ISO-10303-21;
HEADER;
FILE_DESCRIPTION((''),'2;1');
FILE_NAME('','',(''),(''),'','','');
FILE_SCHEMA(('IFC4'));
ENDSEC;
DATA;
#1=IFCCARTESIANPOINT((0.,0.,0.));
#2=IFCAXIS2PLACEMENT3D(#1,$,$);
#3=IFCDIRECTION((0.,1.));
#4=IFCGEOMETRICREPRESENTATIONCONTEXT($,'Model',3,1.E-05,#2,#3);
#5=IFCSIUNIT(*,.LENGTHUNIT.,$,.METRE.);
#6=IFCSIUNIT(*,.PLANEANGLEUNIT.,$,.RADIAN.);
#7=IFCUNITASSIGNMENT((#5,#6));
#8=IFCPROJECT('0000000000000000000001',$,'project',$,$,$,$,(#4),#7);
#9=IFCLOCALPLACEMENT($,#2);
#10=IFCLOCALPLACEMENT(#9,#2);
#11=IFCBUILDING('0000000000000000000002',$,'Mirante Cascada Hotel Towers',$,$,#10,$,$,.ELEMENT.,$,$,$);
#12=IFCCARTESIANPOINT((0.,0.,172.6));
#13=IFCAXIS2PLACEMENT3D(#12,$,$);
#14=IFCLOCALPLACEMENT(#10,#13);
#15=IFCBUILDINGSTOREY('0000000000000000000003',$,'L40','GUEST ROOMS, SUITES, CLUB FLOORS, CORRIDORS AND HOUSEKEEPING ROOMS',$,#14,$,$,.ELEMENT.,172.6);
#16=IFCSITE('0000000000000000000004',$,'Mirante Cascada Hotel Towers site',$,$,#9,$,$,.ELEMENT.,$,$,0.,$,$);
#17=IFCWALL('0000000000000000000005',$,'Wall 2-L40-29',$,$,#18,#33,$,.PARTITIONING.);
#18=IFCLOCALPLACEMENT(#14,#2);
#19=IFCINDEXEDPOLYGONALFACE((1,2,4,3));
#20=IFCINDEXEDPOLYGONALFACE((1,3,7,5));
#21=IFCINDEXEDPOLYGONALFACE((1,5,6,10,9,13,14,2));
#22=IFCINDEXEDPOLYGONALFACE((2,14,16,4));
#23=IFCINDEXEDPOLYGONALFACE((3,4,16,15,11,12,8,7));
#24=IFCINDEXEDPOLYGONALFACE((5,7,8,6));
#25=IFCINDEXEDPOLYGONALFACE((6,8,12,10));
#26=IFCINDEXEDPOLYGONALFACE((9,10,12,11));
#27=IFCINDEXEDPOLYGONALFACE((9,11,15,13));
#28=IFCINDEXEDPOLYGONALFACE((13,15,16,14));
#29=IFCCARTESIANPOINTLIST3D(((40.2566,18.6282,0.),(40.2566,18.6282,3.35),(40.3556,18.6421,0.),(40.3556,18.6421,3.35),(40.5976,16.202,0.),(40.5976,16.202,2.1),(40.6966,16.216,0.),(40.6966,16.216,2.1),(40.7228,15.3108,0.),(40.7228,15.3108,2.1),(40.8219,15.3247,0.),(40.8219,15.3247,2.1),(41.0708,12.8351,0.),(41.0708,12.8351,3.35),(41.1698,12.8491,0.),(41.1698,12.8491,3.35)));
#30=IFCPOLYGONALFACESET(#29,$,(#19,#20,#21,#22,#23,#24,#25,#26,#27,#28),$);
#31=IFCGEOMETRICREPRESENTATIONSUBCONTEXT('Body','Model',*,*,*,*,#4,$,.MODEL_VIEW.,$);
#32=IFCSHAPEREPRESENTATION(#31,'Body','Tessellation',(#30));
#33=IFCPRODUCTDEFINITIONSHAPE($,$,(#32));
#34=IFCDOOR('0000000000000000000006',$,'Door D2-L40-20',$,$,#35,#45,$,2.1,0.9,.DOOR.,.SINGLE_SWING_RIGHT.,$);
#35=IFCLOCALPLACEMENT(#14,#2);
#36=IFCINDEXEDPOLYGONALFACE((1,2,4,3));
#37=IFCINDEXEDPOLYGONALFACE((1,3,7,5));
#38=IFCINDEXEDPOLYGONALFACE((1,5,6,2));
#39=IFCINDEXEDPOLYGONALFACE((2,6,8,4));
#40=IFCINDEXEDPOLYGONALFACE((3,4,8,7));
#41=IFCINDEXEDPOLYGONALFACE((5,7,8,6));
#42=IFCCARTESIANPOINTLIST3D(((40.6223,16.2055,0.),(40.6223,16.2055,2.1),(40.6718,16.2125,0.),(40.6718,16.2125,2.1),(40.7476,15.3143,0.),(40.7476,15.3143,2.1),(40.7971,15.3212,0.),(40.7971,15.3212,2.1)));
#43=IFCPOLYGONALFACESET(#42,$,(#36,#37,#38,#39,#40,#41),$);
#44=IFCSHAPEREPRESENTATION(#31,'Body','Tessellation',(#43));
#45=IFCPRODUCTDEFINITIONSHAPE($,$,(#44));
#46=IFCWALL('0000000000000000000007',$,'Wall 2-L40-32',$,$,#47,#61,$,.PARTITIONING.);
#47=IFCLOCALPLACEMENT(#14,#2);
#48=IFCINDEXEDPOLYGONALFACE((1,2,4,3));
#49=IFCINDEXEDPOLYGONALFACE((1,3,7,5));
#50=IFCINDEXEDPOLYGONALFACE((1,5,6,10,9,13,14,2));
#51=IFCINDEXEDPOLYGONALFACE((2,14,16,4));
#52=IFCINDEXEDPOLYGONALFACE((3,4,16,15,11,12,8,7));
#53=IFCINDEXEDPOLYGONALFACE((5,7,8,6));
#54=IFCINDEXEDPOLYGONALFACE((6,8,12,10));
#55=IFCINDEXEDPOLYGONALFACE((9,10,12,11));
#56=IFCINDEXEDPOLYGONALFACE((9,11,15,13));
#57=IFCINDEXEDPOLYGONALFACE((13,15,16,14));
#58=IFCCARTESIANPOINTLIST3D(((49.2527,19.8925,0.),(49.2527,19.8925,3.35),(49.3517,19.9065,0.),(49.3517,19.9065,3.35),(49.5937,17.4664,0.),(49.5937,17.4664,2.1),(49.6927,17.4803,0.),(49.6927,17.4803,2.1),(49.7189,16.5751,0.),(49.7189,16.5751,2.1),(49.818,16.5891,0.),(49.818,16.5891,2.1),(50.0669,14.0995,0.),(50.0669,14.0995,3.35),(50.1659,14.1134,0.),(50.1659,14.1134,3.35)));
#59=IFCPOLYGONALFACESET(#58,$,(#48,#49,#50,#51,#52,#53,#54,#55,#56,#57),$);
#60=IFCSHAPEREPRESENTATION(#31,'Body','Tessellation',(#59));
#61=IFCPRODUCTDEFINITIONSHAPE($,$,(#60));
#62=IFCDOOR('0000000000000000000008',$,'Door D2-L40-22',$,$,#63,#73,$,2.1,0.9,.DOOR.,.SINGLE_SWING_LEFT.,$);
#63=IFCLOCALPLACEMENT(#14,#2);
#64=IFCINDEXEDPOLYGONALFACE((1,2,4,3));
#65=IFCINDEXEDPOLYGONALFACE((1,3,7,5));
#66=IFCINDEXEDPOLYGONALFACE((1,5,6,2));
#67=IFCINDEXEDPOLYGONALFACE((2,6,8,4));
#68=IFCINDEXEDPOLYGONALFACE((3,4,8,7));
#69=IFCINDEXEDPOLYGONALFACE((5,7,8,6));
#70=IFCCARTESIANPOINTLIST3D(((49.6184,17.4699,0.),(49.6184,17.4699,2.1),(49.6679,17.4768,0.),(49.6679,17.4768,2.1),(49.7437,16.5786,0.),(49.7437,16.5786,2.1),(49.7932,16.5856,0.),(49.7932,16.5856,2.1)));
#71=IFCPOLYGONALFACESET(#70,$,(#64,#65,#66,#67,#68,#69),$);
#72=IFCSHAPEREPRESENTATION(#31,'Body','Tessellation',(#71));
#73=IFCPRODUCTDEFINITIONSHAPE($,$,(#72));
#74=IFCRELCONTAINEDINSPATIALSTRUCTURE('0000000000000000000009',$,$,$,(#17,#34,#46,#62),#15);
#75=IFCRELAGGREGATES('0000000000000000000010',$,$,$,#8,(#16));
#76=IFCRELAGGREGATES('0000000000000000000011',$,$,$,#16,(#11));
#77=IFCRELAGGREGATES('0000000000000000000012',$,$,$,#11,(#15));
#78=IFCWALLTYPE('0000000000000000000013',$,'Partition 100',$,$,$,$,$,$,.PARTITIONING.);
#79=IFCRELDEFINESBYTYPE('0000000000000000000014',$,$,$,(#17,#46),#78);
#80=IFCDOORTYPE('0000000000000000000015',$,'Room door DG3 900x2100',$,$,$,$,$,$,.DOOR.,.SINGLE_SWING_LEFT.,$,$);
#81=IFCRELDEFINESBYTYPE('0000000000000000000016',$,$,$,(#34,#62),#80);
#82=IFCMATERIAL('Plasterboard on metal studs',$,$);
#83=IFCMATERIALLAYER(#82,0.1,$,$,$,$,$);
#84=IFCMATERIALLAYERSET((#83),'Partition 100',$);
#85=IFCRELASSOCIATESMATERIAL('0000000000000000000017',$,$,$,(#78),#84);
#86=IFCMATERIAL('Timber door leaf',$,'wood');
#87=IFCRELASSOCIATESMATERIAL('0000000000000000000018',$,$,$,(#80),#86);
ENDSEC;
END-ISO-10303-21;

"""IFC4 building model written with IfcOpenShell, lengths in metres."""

from ifc_helpers import new_model, si_unit, direction, frame, frame_2d, origin, place, context, subcontext, project, spatial, rectangle, extrude, material, layer, layer_set, type_object, element, fill, save


model = new_model("IFC4")

# Units and contexts
model_context = context("Model", 3, precision=1e-05, world=origin(), true_north=direction((0.0, 1.0)))
body_context = subcontext(model_context, "Body", "Model", "MODEL_VIEW")
ifc_project = project(units=[si_unit("LENGTHUNIT", "METRE"), si_unit("PLANEANGLEUNIT", "RADIAN")], contexts=[model_context])

# Site, building, storey
site_placement = place(None, origin())
site = spatial("IfcSite", under=ifc_project, at=site_placement, Name="Mirante Cascada Hotel Towers site", CompositionType="ELEMENT", RefElevation=0.0)
building_placement = place(site_placement, origin())
building = spatial("IfcBuilding", under=site, at=building_placement, Name="Mirante Cascada Hotel Towers", CompositionType="ELEMENT")
storey_placement = place(building_placement, frame((0.0, 0.0, 172.6)))
storey = spatial("IfcBuildingStorey", under=building, at=storey_placement, Name="L40", Description="GUEST ROOMS, SUITES, CLUB FLOORS, CORRIDORS AND HOUSEKEEPING ROOMS", CompositionType="ELEMENT", Elevation=172.6)

# Shared definitions
ifc_material_1 = material(Name="Plasterboard on metal studs")
ifc_layer_1 = layer(ifc_material_1, 0.1)
ifc_layer_set_1 = layer_set([ifc_layer_1], Name="Partition 100")
wall_type_1 = type_object("IfcWallType", Name="Partition 100", PredefinedType="PARTITIONING", material=ifc_layer_set_1)

# Walls, openings, doors
wall_1_placement = place(storey_placement, frame((41.1203, 12.8421, 0.0), z_axis=(0.0, 0.0, 1.0), x_axis=(-0.139179, 0.990267, 0.0)))
wall_1 = element("IfcWall", 1, at=wall_1_placement, inside=storey, type_object=wall_type_1, Name="Wall 2-L40-29", PredefinedType="PARTITIONING", context=body_context, shape_type="SweptSolid", body=[
    extrude(rectangle(XDim=5.85, YDim=0.1, at=frame_2d((2.925, 0.0))), origin(), (0.0, 0.0, 1.0), 3.35),
])
opening_1_placement = place(wall_1_placement, frame((2.5, 0.0, 0.0)))
opening_1 = element("IfcOpeningElement", 2, at=opening_1_placement, cuts=wall_1, PredefinedType="OPENING", context=body_context, shape_type="SweptSolid", body=[
    extrude(rectangle(XDim=0.9, YDim=2.1, at=frame_2d((0.45, 1.05))), frame((0.0, 0.05, 0.0), z_axis=(0.0, -1.0, 0.0), x_axis=(1.0, 0.0, 0.0)), (0.0, 0.0, 1.0), 0.1),
])
ifc_material_2 = material(Name="Timber door leaf", Category="wood")
door_type = type_object("IfcDoorType", Name="Room door DG3 900x2100", OperationType="SINGLE_SWING_LEFT", PredefinedType="DOOR", material=ifc_material_2)
door_1_placement = place(opening_1_placement, frame((0.9, 0.0, 0.0), z_axis=(0.0, 0.0, 1.0), x_axis=(-1.0, 0.0, 0.0)))
door_1 = element("IfcDoor", 3, at=door_1_placement, inside=storey, type_object=door_type, Name="Door D2-L40-20", OperationType="SINGLE_SWING_RIGHT", OverallHeight=2.1, OverallWidth=0.9, PredefinedType="DOOR", context=body_context, shape_type="SweptSolid", body=[
    extrude(rectangle(XDim=0.9, YDim=2.1, at=frame_2d((0.45, 1.05))), frame((0.0, 0.025, 0.0), z_axis=(0.0, -1.0, 0.0), x_axis=(1.0, 0.0, 0.0)), (0.0, 0.0, 1.0), 0.05),
])
fill(opening_1, door_1)
wall_2_placement = place(storey_placement, frame((49.3022, 19.8995, 0.0), z_axis=(0.0, 0.0, 1.0), x_axis=(0.139179, -0.990267, 0.0)))
wall_2 = element("IfcWall", 4, at=wall_2_placement, inside=storey, type_object=wall_type_1, Name="Wall 2-L40-32", PredefinedType="PARTITIONING", context=body_context, shape_type="SweptSolid", body=[
    extrude(rectangle(XDim=5.85, YDim=0.1, at=frame_2d((2.925, 0.0))), origin(), (0.0, 0.0, 1.0), 3.35),
])
opening_2_placement = place(wall_2_placement, frame((2.45, 0.0, 0.0)))
opening_2 = element("IfcOpeningElement", 5, at=opening_2_placement, cuts=wall_2, PredefinedType="OPENING", context=body_context, shape_type="SweptSolid", body=[
    extrude(rectangle(XDim=0.9, YDim=2.1, at=frame_2d((0.45, 1.05))), frame((0.0, 0.05, 0.0), z_axis=(0.0, -1.0, 0.0), x_axis=(1.0, 0.0, 0.0)), (0.0, 0.0, 1.0), 0.1),
])
door_2_placement = place(opening_2_placement, origin())
door_2 = element("IfcDoor", 6, at=door_2_placement, inside=storey, type_object=door_type, Name="Door D2-L40-22", OperationType="SINGLE_SWING_LEFT", OverallHeight=2.1, OverallWidth=0.9, PredefinedType="DOOR", context=body_context, shape_type="SweptSolid", body=[
    extrude(rectangle(XDim=0.9, YDim=2.1, at=frame_2d((0.45, 1.05))), frame((0.0, 0.025, 0.0), z_axis=(0.0, -1.0, 0.0), x_axis=(1.0, 0.0, 0.0)), (0.0, 0.0, 1.0), 0.05),
])
fill(opening_2, door_2)

save(model, "model.ifc")
